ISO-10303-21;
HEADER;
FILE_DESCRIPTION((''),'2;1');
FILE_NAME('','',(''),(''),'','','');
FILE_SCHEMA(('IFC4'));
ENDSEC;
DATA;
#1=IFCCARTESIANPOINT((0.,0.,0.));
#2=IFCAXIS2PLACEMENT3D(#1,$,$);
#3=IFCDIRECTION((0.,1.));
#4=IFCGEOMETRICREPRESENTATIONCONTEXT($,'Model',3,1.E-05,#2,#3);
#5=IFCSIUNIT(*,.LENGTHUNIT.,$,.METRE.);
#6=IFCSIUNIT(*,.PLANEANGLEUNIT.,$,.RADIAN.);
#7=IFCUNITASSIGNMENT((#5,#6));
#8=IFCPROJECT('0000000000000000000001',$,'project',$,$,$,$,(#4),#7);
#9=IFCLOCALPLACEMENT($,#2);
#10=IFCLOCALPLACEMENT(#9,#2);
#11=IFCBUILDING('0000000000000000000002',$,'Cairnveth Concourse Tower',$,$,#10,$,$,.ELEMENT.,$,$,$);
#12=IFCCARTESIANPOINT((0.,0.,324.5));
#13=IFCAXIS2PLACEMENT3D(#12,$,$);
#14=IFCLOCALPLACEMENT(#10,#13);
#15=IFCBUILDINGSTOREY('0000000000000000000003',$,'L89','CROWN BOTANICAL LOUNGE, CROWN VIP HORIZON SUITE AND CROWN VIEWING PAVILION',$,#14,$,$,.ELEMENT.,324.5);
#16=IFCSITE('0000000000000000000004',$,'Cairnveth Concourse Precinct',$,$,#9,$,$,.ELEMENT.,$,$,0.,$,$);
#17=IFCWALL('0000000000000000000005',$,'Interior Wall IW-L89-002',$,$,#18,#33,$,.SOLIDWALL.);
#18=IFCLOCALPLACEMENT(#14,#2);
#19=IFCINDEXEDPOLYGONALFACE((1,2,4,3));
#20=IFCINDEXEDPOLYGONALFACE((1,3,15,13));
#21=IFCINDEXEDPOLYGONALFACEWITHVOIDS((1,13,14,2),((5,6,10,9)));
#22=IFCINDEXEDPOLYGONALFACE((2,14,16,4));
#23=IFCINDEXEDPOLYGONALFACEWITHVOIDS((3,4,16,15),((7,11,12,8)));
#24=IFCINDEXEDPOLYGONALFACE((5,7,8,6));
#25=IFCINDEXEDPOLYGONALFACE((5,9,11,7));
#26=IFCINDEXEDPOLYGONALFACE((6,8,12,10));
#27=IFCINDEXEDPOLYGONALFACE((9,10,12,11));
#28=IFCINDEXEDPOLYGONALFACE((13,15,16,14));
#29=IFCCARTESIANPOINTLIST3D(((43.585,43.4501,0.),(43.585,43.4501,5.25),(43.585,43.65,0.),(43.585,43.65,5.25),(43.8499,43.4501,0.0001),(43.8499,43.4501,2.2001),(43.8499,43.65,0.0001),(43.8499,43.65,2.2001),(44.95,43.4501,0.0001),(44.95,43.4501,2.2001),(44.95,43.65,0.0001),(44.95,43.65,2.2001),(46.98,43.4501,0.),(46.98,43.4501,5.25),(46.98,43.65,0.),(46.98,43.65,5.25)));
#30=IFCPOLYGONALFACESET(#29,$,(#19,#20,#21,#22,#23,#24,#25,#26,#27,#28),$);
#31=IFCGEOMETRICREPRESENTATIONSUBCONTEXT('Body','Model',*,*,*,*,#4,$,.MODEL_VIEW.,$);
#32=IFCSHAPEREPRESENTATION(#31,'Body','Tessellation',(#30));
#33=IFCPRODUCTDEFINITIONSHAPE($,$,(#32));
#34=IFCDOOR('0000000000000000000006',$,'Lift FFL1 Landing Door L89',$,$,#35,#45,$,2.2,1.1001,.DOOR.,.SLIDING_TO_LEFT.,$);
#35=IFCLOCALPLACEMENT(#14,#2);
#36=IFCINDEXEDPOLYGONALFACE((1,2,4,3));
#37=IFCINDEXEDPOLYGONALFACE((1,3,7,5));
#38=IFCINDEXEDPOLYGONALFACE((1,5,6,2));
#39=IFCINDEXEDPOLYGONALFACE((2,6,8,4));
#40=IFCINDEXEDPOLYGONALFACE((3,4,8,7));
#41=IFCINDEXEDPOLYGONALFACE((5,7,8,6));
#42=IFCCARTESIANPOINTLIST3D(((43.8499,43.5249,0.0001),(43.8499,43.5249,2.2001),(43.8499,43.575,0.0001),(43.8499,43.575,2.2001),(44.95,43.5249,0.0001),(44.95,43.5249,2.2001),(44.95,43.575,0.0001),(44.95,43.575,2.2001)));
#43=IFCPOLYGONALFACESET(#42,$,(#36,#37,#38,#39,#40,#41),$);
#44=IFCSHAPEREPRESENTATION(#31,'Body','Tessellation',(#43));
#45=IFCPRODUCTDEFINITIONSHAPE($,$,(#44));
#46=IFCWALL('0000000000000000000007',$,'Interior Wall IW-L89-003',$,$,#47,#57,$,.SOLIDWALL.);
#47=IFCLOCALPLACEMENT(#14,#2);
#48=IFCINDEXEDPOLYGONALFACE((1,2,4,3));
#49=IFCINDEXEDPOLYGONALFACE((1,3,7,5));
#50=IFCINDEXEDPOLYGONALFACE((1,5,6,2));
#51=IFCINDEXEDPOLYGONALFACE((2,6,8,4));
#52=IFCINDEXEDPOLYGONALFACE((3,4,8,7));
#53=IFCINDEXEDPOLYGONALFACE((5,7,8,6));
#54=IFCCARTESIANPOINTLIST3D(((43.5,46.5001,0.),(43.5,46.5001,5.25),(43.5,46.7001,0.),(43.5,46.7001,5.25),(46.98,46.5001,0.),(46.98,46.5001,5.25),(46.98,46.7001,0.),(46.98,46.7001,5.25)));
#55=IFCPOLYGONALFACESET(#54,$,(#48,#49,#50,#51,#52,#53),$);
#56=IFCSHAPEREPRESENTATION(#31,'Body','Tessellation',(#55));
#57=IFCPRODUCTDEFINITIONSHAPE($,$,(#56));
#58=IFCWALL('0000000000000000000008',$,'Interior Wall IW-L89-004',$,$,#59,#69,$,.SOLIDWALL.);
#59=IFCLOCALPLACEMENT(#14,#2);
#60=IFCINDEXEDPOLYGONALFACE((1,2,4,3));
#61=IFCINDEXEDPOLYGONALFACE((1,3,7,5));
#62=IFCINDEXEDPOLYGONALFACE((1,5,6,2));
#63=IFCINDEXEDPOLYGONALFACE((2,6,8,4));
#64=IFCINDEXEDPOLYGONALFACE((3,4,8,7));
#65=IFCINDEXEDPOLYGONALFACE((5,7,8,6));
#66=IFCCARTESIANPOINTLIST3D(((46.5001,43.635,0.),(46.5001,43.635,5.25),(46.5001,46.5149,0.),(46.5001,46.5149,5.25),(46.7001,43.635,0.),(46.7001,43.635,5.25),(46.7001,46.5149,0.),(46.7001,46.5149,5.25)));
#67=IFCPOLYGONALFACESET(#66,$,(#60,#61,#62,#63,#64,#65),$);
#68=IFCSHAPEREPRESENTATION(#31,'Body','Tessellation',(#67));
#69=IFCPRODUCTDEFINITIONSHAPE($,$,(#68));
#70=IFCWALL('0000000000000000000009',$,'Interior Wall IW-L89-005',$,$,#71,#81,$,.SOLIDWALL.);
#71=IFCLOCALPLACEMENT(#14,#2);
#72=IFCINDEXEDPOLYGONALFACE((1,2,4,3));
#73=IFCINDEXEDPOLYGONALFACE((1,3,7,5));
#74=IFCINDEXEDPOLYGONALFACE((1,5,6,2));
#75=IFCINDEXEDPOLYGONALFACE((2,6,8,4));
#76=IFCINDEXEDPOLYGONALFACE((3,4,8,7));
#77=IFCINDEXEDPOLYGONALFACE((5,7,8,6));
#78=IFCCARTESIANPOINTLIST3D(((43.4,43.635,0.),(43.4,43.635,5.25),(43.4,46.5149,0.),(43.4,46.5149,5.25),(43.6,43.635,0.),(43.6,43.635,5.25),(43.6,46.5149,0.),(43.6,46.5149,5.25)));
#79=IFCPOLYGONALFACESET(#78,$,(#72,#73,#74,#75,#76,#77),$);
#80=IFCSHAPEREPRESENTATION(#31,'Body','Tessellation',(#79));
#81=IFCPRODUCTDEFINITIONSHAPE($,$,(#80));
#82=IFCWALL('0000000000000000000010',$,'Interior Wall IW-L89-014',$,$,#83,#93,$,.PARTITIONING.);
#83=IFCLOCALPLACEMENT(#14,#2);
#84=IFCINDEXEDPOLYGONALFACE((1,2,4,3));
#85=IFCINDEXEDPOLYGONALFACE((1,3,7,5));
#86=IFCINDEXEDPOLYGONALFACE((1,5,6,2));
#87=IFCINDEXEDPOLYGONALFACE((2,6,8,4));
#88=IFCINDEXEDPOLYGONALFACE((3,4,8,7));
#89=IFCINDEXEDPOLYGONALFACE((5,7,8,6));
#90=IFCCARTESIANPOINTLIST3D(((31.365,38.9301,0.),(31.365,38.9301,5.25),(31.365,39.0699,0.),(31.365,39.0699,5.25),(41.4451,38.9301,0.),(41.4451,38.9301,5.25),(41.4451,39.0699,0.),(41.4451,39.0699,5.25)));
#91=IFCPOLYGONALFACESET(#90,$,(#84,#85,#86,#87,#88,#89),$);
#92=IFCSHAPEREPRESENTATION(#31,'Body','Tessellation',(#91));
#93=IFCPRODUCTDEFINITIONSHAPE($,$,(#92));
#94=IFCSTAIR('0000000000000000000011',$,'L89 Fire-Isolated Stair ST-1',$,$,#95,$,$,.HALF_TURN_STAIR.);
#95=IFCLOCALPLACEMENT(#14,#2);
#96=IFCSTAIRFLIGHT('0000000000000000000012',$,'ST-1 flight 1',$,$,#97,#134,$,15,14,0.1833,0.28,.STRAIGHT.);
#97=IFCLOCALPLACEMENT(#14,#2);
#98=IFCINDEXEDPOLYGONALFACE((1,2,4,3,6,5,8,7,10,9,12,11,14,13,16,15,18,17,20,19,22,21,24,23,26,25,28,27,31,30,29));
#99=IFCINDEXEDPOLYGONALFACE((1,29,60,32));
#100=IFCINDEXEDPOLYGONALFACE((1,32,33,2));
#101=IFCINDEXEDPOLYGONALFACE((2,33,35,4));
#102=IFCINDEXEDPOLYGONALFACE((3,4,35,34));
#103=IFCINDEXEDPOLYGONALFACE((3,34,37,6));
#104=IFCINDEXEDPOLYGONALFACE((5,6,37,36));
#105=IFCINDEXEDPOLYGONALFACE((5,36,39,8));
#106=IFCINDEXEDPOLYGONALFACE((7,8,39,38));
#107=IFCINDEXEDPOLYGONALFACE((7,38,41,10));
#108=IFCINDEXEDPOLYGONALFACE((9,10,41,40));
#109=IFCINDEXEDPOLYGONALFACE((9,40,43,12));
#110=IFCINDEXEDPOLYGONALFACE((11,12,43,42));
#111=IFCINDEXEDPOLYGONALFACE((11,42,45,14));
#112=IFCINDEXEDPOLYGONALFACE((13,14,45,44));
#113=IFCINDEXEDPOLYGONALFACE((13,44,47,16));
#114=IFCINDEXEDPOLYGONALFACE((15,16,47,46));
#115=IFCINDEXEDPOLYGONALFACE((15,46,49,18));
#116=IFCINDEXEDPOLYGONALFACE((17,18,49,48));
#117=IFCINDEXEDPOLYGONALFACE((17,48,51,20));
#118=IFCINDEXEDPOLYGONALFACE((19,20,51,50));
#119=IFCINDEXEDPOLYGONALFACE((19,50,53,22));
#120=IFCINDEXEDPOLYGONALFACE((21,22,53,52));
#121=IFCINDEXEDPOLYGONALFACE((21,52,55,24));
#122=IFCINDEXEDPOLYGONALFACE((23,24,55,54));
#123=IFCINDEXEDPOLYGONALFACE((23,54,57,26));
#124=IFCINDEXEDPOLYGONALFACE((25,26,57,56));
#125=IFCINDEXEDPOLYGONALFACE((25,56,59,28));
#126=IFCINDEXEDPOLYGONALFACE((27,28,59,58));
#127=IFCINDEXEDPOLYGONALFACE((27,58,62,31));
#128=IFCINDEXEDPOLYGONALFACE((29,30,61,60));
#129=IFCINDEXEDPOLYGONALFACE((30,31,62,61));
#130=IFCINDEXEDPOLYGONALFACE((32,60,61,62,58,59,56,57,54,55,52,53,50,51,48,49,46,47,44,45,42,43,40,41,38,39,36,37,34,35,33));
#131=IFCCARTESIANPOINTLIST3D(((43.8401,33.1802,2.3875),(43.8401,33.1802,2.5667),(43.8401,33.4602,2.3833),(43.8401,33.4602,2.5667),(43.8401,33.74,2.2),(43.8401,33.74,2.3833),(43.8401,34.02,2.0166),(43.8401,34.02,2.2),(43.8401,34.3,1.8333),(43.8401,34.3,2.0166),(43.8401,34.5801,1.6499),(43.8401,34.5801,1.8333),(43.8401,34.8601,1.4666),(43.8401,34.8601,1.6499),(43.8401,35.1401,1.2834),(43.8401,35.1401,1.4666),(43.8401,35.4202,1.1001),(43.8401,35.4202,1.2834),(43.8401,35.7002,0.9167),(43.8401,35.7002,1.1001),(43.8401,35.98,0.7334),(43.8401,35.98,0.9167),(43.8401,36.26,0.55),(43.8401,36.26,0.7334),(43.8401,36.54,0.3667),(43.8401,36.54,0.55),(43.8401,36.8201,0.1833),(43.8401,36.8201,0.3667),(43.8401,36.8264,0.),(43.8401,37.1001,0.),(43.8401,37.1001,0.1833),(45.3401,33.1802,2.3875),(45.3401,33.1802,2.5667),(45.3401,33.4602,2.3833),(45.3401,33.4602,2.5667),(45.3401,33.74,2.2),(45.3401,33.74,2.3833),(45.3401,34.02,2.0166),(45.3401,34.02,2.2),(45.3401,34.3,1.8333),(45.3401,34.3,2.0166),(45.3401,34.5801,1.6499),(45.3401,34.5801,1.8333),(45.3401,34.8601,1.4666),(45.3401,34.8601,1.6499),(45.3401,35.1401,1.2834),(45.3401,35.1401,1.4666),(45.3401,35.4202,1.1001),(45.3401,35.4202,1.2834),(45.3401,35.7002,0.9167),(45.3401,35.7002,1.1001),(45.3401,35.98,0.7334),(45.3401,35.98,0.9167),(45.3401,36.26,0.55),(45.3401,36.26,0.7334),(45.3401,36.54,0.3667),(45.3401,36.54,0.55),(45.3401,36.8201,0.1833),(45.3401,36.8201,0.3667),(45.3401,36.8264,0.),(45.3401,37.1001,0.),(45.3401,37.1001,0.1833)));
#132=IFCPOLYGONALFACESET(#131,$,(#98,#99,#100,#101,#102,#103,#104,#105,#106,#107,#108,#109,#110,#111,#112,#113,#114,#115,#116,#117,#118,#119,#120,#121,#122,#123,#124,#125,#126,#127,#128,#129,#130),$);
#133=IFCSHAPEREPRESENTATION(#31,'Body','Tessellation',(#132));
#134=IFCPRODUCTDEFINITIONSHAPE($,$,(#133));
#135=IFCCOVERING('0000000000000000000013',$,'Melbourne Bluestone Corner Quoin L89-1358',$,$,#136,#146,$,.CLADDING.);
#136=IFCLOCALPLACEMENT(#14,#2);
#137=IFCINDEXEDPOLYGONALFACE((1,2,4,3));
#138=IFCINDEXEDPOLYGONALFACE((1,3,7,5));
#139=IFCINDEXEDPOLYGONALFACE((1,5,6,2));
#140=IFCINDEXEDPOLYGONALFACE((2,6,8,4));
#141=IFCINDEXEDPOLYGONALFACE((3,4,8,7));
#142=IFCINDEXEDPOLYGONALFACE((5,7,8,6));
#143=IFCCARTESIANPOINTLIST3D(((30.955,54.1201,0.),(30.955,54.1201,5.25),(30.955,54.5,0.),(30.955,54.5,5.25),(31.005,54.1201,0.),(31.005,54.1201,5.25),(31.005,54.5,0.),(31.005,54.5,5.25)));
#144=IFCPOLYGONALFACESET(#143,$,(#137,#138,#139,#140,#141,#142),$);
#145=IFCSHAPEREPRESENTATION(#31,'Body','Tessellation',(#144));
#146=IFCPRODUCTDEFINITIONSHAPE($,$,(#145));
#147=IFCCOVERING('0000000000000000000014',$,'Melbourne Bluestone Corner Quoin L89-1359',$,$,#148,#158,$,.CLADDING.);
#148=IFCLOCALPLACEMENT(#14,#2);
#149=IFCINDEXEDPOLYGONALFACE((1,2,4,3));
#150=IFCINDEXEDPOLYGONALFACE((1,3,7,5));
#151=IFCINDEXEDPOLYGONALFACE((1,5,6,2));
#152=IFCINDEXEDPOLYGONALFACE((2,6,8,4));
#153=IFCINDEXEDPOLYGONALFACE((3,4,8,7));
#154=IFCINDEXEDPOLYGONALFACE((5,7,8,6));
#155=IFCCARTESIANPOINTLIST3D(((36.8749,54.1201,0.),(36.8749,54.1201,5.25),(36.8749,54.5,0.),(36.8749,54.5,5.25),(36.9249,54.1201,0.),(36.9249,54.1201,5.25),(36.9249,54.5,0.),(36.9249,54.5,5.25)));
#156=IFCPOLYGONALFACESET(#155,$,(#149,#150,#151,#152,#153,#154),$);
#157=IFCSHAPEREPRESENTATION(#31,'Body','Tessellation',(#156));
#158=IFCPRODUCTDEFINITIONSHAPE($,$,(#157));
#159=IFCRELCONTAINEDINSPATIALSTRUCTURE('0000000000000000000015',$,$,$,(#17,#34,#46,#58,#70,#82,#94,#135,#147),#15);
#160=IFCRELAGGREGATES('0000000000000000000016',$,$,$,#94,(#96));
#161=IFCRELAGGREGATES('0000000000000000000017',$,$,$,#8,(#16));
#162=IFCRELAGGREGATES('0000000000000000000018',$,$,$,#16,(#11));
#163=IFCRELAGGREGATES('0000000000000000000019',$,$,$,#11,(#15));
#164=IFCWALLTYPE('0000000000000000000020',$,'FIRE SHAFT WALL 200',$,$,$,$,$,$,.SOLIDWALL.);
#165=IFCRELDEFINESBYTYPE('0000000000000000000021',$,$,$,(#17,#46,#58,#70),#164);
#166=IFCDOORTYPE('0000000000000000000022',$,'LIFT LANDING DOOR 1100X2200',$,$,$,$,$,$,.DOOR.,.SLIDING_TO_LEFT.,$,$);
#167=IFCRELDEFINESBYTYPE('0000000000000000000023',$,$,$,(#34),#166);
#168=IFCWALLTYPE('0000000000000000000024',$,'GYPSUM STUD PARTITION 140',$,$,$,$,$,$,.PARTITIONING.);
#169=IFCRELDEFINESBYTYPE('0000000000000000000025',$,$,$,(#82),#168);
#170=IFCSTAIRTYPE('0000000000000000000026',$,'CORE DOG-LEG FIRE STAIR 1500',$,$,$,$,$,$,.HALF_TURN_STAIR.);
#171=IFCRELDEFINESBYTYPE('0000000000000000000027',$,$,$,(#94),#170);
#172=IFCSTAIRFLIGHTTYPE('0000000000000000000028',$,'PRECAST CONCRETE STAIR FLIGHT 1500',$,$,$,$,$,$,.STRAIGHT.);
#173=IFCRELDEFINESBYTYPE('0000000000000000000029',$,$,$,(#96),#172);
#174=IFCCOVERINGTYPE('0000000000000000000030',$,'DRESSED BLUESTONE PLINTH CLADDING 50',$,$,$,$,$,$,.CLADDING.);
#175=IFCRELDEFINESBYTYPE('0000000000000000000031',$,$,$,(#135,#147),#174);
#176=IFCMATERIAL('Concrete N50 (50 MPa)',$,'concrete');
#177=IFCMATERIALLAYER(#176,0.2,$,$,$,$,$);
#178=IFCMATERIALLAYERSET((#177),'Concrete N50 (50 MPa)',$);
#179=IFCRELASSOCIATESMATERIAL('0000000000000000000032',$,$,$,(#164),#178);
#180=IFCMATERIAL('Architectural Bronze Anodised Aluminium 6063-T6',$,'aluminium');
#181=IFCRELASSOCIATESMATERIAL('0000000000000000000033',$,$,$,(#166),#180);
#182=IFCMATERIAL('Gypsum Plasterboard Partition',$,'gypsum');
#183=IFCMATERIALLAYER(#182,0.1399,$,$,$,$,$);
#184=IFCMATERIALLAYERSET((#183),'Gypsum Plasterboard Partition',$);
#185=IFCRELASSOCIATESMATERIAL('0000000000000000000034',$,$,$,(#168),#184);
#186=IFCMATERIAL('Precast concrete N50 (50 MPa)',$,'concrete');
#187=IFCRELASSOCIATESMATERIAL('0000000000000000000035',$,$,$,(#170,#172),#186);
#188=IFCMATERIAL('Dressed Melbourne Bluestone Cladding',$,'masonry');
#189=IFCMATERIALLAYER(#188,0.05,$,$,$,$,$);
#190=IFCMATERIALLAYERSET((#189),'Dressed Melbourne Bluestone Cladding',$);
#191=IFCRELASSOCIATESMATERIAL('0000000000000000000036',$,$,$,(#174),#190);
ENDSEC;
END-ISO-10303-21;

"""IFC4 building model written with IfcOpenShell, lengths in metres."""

from ifc_helpers import new_model, si_unit, direction, frame, frame_2d, origin, place, context, subcontext, project, spatial, polyline, rectangle, outline, extrude, material, layer, layer_set, type_object, element, fill, aggregate, save


model = new_model("IFC4")

# Units and contexts
model_context = context("Model", 3, precision=1e-05, world=origin(), true_north=direction((0.0, 1.0)))
body_context = subcontext(model_context, "Body", "Model", "MODEL_VIEW")
ifc_project = project(units=[si_unit("LENGTHUNIT", "METRE"), si_unit("PLANEANGLEUNIT", "RADIAN")], contexts=[model_context])

# Site, building, storey
site_placement = place(None, origin())
site = spatial("IfcSite", under=ifc_project, at=site_placement, Name="Cairnveth Concourse Precinct", CompositionType="ELEMENT", RefElevation=0.0)
building_placement = place(site_placement, origin())
building = spatial("IfcBuilding", under=site, at=building_placement, Name="Cairnveth Concourse Tower", CompositionType="ELEMENT")
storey_placement = place(building_placement, frame((0.0, 0.0, 324.5)))
storey = spatial("IfcBuildingStorey", under=building, at=storey_placement, Name="L89", Description="CROWN BOTANICAL LOUNGE, CROWN VIP HORIZON SUITE AND CROWN VIEWING PAVILION", CompositionType="ELEMENT", Elevation=324.5)

# Shared definitions
ifc_material_1 = material(Name="Concrete N50 (50 MPa)", Category="concrete")

# Wall, opening, door
ifc_layer_1 = layer(ifc_material_1, 0.2)
ifc_layer_set_1 = layer_set([ifc_layer_1], Name="Concrete N50 (50 MPa)")
wall_type_1 = type_object("IfcWallType", Name="FIRE SHAFT WALL 200", PredefinedType="SOLIDWALL", material=ifc_layer_set_1)
wall_1_placement = place(storey_placement, frame((43.585, 43.55, 0.0), z_axis=(0.0, 0.0, 1.0), x_axis=(1.0, 0.0, 0.0)))
wall_1 = element("IfcWall", 1, at=wall_1_placement, inside=storey, type_object=wall_type_1, Name="Interior Wall IW-L89-002", PredefinedType="SOLIDWALL", context=body_context, shape_type="SweptSolid", body=[
    extrude(rectangle(XDim=3.395, YDim=0.2, at=frame_2d((1.6975, 0.0))), origin(), (0.0, 0.0, 1.0), 5.25),
])
opening_1_placement = place(wall_1_placement, frame((0.2649, 0.0, 0.0)))
opening_1 = element("IfcOpeningElement", 2, at=opening_1_placement, cuts=wall_1, PredefinedType="OPENING", context=body_context, shape_type="SweptSolid", body=[
    extrude(rectangle(XDim=1.1001, YDim=2.2, at=frame_2d((0.55, 1.1001))), frame((0.0, 0.1099, 0.0), z_axis=(0.0, -1.0, 0.0), x_axis=(1.0, 0.0, 0.0)), (0.0, 0.0, 1.0), 0.22),
])
ifc_material_2 = material(Name="Architectural Bronze Anodised Aluminium 6063-T6", Category="aluminium")
door_type_1 = type_object("IfcDoorType", Name="LIFT LANDING DOOR 1100X2200", OperationType="SLIDING_TO_LEFT", PredefinedType="DOOR", material=ifc_material_2)
door_1_placement = place(opening_1_placement, origin())
door_1 = element("IfcDoor", 3, at=door_1_placement, inside=storey, type_object=door_type_1, Name="Lift FFL1 Landing Door L89", OperationType="SLIDING_TO_LEFT", OverallHeight=2.2, OverallWidth=1.1001, PredefinedType="DOOR", context=body_context, shape_type="SweptSolid", body=[
    extrude(rectangle(XDim=1.1001, YDim=2.2, at=frame_2d((0.55, 1.1001))), frame((0.0, 0.0249, 0.0), z_axis=(0.0, -1.0, 0.0), x_axis=(1.0, 0.0, 0.0)), (0.0, 0.0, 1.0), 0.05),
])
fill(opening_1, door_1)

# Walls
wall_2_placement = place(storey_placement, frame((43.5, 46.6001, 0.0), z_axis=(0.0, 0.0, 1.0), x_axis=(1.0, 0.0, 0.0)))
element("IfcWall", 4, at=wall_2_placement, inside=storey, type_object=wall_type_1, Name="Interior Wall IW-L89-003", PredefinedType="SOLIDWALL", context=body_context, shape_type="SweptSolid", body=[
    extrude(rectangle(XDim=3.48, YDim=0.2, at=frame_2d((1.74, 0.0))), origin(), (0.0, 0.0, 1.0), 5.25),
])
for number, where, z_axis, x_axis, name in (
    (5, (46.6001, 43.635, 0.0), (0.0, 0.0, 1.0), (0.0, 1.0, 0.0), "Interior Wall IW-L89-004"),
    (6, (43.5, 43.635, 0.0), (0.0, 0.0, 1.0), (0.0, 1.0, 0.0), "Interior Wall IW-L89-005"),
):
    element("IfcWall", number, at=place(storey_placement, frame(where, z_axis=z_axis, x_axis=x_axis)), inside=storey, type_object=wall_type_1, Name=name, PredefinedType="SOLIDWALL", context=body_context, shape_type="SweptSolid", body=[
        extrude(rectangle(XDim=2.8799, YDim=0.2, at=frame_2d((1.4399, 0.0))), origin(), (0.0, 0.0, 1.0), 5.25),
    ])
ifc_material_3 = material(Name="Gypsum Plasterboard Partition", Category="gypsum")
ifc_layer_2 = layer(ifc_material_3, 0.1399)
ifc_layer_set_2 = layer_set([ifc_layer_2], Name="Gypsum Plasterboard Partition")
wall_type_2 = type_object("IfcWallType", Name="GYPSUM STUD PARTITION 140", PredefinedType="PARTITIONING", material=ifc_layer_set_2)
wall_3_placement = place(storey_placement, frame((31.365, 39.0, 0.0), z_axis=(0.0, 0.0, 1.0), x_axis=(1.0, 0.0, 0.0)))
element("IfcWall", 7, at=wall_3_placement, inside=storey, type_object=wall_type_2, Name="Interior Wall IW-L89-014", PredefinedType="PARTITIONING", context=body_context, shape_type="SweptSolid", body=[
    extrude(rectangle(XDim=10.0801, YDim=0.1399, at=frame_2d((5.04, 0.0))), origin(), (0.0, 0.0, 1.0), 5.25),
])

# Stair, stair flight
ifc_material_4 = material(Name="Precast concrete N50 (50 MPa)", Category="concrete")
stair_type = type_object("IfcStairType", Name="CORE DOG-LEG FIRE STAIR 1500", PredefinedType="HALF_TURN_STAIR", material=ifc_material_4)
stair_placement = place(storey_placement, origin())
stair = element("IfcStair", 8, at=stair_placement, inside=storey, type_object=stair_type, Name="L89 Fire-Isolated Stair ST-1", PredefinedType="HALF_TURN_STAIR")
stair_flight_type = type_object("IfcStairFlightType", Name="PRECAST CONCRETE STAIR FLIGHT 1500", PredefinedType="STRAIGHT", material=ifc_material_4)
stair_flight_placement = place(storey_placement, frame((44.5901, 37.1001, 0.0), z_axis=(0.0, 0.0, 1.0), x_axis=(0.0, -1.0, 0.0)))
stair_flight = element("IfcStairFlight", 9, at=stair_flight_placement, type_object=stair_flight_type, Name="ST-1 flight 1", NumberOfRisers=15, NumberOfTreads=14, PredefinedType="STRAIGHT", RiserHeight=0.1833, TreadLength=0.28, context=body_context, shape_type="SweptSolid", body=[
    extrude(outline(polyline([(0.0, 0.0), (0.0, 0.1833), (0.28, 0.1833), (0.28, 0.3667), (0.5601, 0.3667), (0.5601, 0.55), (0.8401, 0.55), (0.8401, 0.7334), (1.1201, 0.7334), (1.1201, 0.9167), (1.3999, 0.9167), (1.3999, 1.1001), (1.6799, 1.1001), (1.6799, 1.2834), (1.96, 1.2834), (1.96, 1.4666), (2.24, 1.4666), (2.24, 1.6499), (2.52, 1.6499), (2.52, 1.8333), (2.8, 1.8333), (2.8, 2.0166), (3.0801, 2.0166), (3.0801, 2.2), (3.3601, 2.2), (3.3601, 2.3833), (3.6399, 2.3833), (3.6399, 2.5667), (3.9199, 2.5667), (3.9199, 2.75), (3.9199, 2.3875), (0.2737, 0.0), (0.0, 0.0)])), frame((0.0, 0.75, 0.0), z_axis=(0.0, -1.0, 0.0), x_axis=(1.0, 0.0, 0.0)), (0.0, 0.0, 1.0), 1.5),
])
aggregate(stair, [stair_flight])

# Coverings
ifc_material_5 = material(Name="Dressed Melbourne Bluestone Cladding", Category="masonry")
ifc_layer_3 = layer(ifc_material_5, 0.05)
ifc_layer_set_3 = layer_set([ifc_layer_3], Name="Dressed Melbourne Bluestone Cladding")
covering_type = type_object("IfcCoveringType", Name="DRESSED BLUESTONE PLINTH CLADDING 50", PredefinedType="CLADDING", material=ifc_layer_set_3)
for number, where, z_axis, x_axis, name in (
    (10, (30.98, 54.1201, 0.0), (0.0, 0.0, 1.0), (0.0, 1.0, 0.0), "Melbourne Bluestone Corner Quoin L89-1358"),
    (11, (36.8999, 54.1201, 0.0), (0.0, 0.0, 1.0), (0.0, 1.0, 0.0), "Melbourne Bluestone Corner Quoin L89-1359"),
):
    element("IfcCovering", number, at=place(storey_placement, frame(where, z_axis=z_axis, x_axis=x_axis)), inside=storey, type_object=covering_type, Name=name, PredefinedType="CLADDING", context=body_context, shape_type="SweptSolid", body=[
        extrude(rectangle(XDim=0.3799, YDim=0.05, at=frame_2d((0.1899, 0.0))), origin(), (0.0, 0.0, 1.0), 5.25),
    ])

save(model, "model.ifc")
